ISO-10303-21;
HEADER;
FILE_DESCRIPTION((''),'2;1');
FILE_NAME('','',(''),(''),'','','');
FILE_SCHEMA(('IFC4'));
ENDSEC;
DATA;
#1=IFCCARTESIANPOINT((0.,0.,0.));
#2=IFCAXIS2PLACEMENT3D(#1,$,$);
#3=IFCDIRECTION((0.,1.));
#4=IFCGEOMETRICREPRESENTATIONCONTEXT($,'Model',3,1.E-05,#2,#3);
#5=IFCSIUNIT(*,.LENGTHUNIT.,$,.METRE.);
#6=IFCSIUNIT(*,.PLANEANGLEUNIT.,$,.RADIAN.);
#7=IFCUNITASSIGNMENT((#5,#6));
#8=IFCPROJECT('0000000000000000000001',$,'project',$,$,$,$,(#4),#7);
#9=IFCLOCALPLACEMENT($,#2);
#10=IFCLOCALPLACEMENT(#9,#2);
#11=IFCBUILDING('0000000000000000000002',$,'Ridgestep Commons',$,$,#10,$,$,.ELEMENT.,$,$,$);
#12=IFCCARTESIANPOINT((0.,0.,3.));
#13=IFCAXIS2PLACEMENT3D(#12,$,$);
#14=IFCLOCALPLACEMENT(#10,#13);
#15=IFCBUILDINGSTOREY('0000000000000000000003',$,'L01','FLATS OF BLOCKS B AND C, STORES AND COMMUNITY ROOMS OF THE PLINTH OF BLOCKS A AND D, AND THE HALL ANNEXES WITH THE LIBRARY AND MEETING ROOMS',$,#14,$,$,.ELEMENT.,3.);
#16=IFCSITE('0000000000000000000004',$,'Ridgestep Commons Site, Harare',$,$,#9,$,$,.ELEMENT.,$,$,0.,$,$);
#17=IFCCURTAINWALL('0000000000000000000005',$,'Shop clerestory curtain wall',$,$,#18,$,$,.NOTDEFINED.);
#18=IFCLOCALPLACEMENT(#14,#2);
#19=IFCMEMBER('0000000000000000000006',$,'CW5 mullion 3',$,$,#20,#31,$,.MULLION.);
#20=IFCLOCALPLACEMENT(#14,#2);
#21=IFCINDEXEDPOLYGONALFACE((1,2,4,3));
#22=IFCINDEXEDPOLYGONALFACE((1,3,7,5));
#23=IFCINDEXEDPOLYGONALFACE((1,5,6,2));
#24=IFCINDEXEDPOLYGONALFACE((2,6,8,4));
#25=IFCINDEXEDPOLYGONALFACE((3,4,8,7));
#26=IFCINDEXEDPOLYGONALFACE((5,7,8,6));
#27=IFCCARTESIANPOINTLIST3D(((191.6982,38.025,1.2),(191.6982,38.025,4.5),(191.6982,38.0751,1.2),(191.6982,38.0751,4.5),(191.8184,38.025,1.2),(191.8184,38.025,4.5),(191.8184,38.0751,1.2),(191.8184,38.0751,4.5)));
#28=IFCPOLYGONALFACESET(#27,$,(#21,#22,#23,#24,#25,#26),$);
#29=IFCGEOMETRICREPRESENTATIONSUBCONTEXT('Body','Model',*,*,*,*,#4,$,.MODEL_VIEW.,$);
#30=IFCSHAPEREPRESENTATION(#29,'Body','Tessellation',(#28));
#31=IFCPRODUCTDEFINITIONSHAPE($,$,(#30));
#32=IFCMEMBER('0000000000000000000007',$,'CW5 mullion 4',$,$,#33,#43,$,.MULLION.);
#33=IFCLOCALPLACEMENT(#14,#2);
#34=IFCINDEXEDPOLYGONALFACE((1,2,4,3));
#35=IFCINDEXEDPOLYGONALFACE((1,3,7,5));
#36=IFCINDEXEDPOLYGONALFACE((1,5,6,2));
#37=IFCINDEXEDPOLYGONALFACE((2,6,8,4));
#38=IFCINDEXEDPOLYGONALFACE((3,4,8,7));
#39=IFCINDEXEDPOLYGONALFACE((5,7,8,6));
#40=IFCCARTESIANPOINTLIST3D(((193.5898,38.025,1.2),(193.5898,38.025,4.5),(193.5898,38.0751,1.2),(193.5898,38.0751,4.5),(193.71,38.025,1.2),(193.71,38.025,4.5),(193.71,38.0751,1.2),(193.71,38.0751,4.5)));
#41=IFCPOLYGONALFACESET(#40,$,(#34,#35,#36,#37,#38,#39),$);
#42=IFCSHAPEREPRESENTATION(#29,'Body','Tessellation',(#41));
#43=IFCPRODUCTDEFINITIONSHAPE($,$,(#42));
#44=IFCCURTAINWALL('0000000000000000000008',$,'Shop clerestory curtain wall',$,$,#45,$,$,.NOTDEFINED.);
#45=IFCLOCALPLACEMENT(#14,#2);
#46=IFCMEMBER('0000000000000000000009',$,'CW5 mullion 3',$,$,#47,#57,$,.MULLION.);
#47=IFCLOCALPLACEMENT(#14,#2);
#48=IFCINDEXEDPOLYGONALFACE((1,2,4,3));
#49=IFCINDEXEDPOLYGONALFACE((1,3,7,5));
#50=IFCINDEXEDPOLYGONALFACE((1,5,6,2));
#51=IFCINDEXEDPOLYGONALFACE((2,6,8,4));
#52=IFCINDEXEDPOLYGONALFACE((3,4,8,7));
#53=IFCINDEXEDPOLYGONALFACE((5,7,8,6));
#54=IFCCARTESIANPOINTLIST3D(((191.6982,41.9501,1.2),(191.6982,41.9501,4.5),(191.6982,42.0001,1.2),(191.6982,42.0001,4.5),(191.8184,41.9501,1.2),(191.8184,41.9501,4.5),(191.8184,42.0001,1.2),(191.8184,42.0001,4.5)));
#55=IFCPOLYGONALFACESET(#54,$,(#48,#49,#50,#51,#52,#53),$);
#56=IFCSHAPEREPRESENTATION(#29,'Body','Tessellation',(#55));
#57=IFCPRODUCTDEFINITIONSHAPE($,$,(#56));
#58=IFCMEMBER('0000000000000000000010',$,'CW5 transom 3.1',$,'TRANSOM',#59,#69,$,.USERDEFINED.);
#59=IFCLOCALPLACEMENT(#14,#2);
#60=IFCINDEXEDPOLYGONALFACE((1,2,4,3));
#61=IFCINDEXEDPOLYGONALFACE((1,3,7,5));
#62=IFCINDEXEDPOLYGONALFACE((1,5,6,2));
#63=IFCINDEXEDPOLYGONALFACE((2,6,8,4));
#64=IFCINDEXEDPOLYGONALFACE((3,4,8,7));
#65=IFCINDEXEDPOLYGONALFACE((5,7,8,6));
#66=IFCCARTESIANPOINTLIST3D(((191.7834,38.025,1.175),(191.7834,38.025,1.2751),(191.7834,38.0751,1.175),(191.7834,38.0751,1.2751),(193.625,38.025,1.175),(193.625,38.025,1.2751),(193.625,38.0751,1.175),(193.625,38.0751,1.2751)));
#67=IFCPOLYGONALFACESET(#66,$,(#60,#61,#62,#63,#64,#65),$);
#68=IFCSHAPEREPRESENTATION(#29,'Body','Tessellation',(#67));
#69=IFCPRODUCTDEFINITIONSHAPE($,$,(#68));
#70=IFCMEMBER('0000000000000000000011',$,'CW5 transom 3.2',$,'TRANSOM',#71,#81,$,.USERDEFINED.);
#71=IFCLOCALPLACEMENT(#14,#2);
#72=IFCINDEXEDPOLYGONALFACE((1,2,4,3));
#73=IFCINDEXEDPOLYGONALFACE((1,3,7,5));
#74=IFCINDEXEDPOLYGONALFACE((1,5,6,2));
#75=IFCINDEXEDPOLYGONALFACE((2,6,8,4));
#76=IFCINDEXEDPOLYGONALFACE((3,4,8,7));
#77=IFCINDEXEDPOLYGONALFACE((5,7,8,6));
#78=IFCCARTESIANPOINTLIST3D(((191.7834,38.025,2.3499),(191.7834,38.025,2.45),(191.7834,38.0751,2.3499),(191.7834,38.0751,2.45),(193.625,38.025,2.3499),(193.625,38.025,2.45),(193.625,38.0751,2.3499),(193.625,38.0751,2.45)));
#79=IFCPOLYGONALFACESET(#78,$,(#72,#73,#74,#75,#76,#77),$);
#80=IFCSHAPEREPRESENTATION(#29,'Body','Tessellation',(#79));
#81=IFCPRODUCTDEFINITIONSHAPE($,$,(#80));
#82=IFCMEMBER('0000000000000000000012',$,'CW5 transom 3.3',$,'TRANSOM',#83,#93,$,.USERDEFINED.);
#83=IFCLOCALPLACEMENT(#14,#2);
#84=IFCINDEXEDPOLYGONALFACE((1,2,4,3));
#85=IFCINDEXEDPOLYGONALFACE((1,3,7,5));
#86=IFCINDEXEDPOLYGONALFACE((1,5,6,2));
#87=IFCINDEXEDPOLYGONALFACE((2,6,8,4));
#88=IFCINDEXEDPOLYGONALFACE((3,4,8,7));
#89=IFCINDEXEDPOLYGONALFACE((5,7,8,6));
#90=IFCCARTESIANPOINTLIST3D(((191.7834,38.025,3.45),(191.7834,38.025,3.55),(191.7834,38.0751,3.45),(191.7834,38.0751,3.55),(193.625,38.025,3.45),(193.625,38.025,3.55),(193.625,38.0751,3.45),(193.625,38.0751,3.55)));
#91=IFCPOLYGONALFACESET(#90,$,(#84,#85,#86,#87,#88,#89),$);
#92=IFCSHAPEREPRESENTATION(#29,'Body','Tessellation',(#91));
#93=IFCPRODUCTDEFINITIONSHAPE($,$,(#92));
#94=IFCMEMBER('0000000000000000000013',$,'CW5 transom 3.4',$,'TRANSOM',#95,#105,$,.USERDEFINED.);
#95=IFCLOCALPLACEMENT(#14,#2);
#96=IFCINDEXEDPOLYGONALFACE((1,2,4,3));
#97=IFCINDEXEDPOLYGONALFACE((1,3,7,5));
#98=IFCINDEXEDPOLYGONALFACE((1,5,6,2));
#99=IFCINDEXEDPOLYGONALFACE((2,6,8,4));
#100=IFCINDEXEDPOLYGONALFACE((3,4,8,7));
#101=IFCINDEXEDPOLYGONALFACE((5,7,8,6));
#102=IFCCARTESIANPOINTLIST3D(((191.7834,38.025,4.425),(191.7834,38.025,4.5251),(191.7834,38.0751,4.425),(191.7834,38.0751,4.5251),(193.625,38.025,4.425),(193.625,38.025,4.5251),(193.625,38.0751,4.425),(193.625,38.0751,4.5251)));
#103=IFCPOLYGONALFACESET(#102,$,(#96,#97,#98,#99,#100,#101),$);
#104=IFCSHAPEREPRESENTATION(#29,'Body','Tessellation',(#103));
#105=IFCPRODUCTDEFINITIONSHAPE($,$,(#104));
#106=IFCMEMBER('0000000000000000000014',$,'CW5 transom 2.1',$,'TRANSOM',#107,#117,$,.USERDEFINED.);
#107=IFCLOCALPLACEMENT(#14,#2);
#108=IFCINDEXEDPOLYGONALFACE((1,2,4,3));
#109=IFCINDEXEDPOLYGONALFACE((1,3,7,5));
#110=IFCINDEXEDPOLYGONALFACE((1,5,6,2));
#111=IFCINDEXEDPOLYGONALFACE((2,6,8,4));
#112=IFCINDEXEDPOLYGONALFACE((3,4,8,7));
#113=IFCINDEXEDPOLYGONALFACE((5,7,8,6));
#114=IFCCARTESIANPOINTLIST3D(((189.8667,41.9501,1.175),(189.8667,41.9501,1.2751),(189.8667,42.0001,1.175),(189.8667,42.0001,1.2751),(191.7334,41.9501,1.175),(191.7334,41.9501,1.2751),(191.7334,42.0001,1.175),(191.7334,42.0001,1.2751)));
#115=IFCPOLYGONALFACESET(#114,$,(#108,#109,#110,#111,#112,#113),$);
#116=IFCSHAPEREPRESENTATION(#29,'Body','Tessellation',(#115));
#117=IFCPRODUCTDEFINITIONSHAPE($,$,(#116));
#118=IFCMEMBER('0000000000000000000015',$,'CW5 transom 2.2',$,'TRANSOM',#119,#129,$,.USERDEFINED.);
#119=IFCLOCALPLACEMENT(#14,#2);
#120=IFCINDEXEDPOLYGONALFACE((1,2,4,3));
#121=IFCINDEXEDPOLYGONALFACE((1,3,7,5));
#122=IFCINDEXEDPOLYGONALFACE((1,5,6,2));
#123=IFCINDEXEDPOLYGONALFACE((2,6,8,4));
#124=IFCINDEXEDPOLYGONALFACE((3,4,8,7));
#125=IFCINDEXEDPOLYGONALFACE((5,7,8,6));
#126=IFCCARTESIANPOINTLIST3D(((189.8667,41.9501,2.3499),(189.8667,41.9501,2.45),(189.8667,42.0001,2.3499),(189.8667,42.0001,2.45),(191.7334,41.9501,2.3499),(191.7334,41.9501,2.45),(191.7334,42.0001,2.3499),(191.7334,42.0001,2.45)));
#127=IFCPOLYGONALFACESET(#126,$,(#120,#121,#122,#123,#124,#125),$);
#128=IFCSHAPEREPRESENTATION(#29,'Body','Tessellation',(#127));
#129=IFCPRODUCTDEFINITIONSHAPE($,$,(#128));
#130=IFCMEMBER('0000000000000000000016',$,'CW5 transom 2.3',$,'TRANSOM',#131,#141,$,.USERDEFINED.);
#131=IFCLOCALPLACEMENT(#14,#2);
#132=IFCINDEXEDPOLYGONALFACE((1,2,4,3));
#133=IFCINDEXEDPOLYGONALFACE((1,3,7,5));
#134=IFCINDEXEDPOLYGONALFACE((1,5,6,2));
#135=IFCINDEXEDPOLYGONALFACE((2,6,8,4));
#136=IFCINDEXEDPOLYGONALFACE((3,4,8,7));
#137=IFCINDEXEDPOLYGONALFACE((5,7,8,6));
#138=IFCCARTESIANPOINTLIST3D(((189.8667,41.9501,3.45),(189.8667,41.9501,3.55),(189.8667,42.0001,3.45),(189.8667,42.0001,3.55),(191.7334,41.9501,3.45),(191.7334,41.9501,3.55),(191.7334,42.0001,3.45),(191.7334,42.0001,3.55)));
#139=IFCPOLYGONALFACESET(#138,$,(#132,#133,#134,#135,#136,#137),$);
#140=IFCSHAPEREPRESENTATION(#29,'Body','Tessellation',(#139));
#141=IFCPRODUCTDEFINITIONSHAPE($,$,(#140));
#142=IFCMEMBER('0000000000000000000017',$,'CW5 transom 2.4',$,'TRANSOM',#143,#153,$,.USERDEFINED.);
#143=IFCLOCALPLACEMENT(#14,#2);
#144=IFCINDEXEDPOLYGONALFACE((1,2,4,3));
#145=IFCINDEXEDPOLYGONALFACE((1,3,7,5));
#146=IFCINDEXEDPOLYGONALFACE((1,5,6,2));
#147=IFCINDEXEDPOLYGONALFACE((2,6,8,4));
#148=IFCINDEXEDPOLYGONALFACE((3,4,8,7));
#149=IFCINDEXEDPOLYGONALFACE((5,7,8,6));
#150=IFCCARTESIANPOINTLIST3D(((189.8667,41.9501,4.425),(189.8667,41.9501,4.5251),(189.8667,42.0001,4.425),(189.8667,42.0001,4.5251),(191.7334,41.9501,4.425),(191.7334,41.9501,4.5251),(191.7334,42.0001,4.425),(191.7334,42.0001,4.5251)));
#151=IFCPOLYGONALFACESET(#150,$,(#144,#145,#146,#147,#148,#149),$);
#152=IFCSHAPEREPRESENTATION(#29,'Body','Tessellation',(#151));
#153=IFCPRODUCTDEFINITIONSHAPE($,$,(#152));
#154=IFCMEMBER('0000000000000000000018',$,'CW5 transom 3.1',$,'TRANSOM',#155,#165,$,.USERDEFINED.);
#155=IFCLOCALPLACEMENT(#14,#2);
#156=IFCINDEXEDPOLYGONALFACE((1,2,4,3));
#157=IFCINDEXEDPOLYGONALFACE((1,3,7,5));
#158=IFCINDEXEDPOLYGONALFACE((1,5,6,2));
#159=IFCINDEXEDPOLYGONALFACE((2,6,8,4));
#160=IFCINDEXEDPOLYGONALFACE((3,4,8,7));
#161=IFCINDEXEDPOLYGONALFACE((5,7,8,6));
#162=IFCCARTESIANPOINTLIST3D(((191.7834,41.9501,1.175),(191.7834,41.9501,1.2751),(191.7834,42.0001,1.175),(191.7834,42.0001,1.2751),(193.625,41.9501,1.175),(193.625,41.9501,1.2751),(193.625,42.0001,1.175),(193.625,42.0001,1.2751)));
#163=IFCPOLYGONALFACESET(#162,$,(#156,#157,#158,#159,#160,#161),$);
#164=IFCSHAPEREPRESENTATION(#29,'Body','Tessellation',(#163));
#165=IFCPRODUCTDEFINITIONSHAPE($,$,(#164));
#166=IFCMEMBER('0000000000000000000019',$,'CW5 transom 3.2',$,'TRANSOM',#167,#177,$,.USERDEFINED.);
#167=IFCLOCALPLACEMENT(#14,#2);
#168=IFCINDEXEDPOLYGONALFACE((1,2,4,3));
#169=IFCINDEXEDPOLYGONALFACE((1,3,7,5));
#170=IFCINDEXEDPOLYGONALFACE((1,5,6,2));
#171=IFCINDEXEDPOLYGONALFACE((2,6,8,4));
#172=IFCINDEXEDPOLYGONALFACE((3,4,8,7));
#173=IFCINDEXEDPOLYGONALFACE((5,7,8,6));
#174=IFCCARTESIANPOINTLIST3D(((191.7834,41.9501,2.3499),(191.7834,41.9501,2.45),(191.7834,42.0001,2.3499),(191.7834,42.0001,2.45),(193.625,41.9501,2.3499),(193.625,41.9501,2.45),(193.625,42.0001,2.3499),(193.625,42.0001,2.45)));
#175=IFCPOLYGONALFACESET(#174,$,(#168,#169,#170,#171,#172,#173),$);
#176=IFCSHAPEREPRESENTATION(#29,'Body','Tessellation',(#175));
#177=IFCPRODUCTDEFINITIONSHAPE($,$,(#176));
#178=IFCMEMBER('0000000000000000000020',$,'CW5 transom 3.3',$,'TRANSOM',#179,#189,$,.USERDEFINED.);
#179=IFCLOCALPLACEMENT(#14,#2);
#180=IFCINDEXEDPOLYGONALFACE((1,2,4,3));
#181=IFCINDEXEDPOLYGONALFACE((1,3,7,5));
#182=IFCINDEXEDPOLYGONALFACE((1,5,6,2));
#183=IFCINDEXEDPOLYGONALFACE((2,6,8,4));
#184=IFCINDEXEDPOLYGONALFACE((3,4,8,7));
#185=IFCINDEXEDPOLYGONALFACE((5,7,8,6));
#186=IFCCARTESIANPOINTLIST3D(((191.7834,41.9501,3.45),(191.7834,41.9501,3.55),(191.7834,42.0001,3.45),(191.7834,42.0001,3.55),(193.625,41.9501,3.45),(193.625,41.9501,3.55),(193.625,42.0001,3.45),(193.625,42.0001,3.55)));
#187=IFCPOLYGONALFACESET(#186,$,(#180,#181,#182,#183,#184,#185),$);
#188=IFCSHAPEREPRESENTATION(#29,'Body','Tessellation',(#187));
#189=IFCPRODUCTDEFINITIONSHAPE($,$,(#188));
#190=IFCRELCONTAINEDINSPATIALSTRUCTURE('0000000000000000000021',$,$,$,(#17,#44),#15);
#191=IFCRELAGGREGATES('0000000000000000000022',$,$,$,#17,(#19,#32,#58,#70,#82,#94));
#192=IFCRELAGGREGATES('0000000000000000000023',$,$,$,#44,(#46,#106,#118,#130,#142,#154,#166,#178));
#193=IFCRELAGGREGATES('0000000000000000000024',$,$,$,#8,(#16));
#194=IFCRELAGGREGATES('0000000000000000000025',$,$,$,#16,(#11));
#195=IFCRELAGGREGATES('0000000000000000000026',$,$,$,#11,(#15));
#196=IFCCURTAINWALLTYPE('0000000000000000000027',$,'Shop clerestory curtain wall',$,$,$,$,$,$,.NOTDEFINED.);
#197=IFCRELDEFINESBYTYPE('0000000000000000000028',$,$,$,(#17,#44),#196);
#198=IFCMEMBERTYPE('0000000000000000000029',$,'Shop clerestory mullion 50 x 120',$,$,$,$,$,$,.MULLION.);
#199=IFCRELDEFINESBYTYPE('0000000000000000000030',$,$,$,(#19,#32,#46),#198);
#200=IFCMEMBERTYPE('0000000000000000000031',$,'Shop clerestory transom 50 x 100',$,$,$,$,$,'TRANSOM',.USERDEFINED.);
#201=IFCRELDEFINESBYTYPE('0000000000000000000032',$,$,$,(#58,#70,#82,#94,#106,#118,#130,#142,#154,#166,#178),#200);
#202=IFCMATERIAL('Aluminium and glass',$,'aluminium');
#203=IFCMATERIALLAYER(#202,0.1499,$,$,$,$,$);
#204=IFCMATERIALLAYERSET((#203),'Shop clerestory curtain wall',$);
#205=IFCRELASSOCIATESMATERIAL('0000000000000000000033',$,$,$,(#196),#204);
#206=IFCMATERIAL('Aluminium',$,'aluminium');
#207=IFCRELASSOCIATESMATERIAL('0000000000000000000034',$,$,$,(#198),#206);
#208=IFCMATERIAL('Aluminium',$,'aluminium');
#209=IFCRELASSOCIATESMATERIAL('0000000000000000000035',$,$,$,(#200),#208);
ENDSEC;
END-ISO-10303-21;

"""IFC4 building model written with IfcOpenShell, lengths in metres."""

from ifc_helpers import new_model, si_unit, direction, frame, origin, origin_2d, place, context, subcontext, project, spatial, rectangle, extrude, material, layer, layer_set, material_profile, profile_set, type_object, element, aggregate, save


model = new_model("IFC4")

# Units and contexts
model_context = context("Model", 3, precision=1e-05, world=origin(), true_north=direction((0.0, 1.0)))
body_context = subcontext(model_context, "Body", "Model", "MODEL_VIEW")
ifc_project = project(units=[si_unit("LENGTHUNIT", "METRE"), si_unit("PLANEANGLEUNIT", "RADIAN")], contexts=[model_context])

# Site, building, storey
site_placement = place(None, origin())
site = spatial("IfcSite", under=ifc_project, at=site_placement, Name="Ridgestep Commons Site, Harare", CompositionType="ELEMENT", RefElevation=0.0)
building_placement = place(site_placement, origin())
building = spatial("IfcBuilding", under=site, at=building_placement, Name="Ridgestep Commons", CompositionType="ELEMENT")
storey_placement = place(building_placement, frame((0.0, 0.0, 3.0)))
storey = spatial("IfcBuildingStorey", under=building, at=storey_placement, Name="L01", Description="FLATS OF BLOCKS B AND C, STORES AND COMMUNITY ROOMS OF THE PLINTH OF BLOCKS A AND D, AND THE HALL ANNEXES WITH THE LIBRARY AND MEETING ROOMS", CompositionType="ELEMENT", Elevation=3.0)

# Curtain wall, members
ifc_material_1 = material(Name="Aluminium and glass", Category="aluminium")
ifc_layer_1 = layer(ifc_material_1, 0.1499)
ifc_layer_set_1 = layer_set([ifc_layer_1], Name="Shop clerestory curtain wall")
curtain_wall_type = type_object("IfcCurtainWallType", Name="Shop clerestory curtain wall", PredefinedType="NOTDEFINED", material=ifc_layer_set_1)
curtain_wall_1_placement = place(storey_placement, origin())
curtain_wall_1 = element("IfcCurtainWall", 1, at=curtain_wall_1_placement, inside=storey, type_object=curtain_wall_type, Name="Shop clerestory curtain wall", PredefinedType="NOTDEFINED")
ifc_material_2 = material(Name="Aluminium", Category="aluminium")
ifc_material_profile_1 = material_profile(ifc_material_2, rectangle(XDim=0.05, YDim=0.1201, at=origin_2d()), Name="Shop clerestory mullion 50 x 120")
ifc_profile_set_1 = profile_set([ifc_material_profile_1], Name="Aluminium")
member_type_1 = type_object("IfcMemberType", Name="Shop clerestory mullion 50 x 120", PredefinedType="MULLION", material=ifc_profile_set_1)
member_1_placement = place(storey_placement, frame((191.7583, 38.05, 1.2), z_axis=(0.0, 0.0, 1.0), x_axis=(0.0, 1.0, 0.0)))
member_1 = element("IfcMember", 2, at=member_1_placement, type_object=member_type_1, Name="CW5 mullion 3", PredefinedType="MULLION", context=body_context, shape_type="SweptSolid", body=[
    extrude(rectangle(XDim=0.05, YDim=0.1201, at=origin_2d()), origin(), (0.0, 0.0, 1.0), 3.3),
])
member_2_placement = place(storey_placement, frame((193.6499, 38.05, 1.2), z_axis=(0.0, 0.0, 1.0), x_axis=(0.0, 1.0, 0.0)))
member_2 = element("IfcMember", 3, at=member_2_placement, type_object=member_type_1, Name="CW5 mullion 4", PredefinedType="MULLION", context=body_context, shape_type="SweptSolid", body=[
    extrude(rectangle(XDim=0.05, YDim=0.1201, at=origin_2d()), origin(), (0.0, 0.0, 1.0), 3.3),
])

# Curtain wall, member
curtain_wall_2_placement = place(storey_placement, origin())
curtain_wall_2 = element("IfcCurtainWall", 4, at=curtain_wall_2_placement, inside=storey, type_object=curtain_wall_type, Name="Shop clerestory curtain wall", PredefinedType="NOTDEFINED")
member_3_placement = place(storey_placement, frame((191.7583, 41.9751, 1.2), z_axis=(0.0, 0.0, 1.0), x_axis=(0.0, 1.0, 0.0)))
member_3 = element("IfcMember", 5, at=member_3_placement, type_object=member_type_1, Name="CW5 mullion 3", PredefinedType="MULLION", context=body_context, shape_type="SweptSolid", body=[
    extrude(rectangle(XDim=0.05, YDim=0.1201, at=origin_2d()), origin(), (0.0, 0.0, 1.0), 3.3),
])

# Members
ifc_material_3 = material(Name="Aluminium", Category="aluminium")
ifc_material_profile_2 = material_profile(ifc_material_3, rectangle(XDim=0.05, YDim=0.1001, at=origin_2d()), Name="Shop clerestory transom 50 x 100")
ifc_profile_set_2 = profile_set([ifc_material_profile_2], Name="Aluminium")
member_type_2 = type_object("IfcMemberType", Name="Shop clerestory transom 50 x 100", ElementType="TRANSOM", PredefinedType="USERDEFINED", material=ifc_profile_set_2)
member_4_placement = place(storey_placement, frame((191.7834, 38.05, 1.2251), z_axis=(1.0, 0.0, 0.0), x_axis=(0.0, 1.0, 0.0)))
member_4 = element("IfcMember", 6, at=member_4_placement, type_object=member_type_2, Name="CW5 transom 3.1", ObjectType="TRANSOM", PredefinedType="USERDEFINED", context=body_context, shape_type="SweptSolid", body=[
    extrude(rectangle(XDim=0.05, YDim=0.1001, at=origin_2d()), origin(), (0.0, 0.0, 1.0), 1.8416),
])
member_5_placement = place(storey_placement, frame((191.7834, 38.05, 2.3999), z_axis=(1.0, 0.0, 0.0), x_axis=(0.0, 1.0, 0.0)))
member_5 = element("IfcMember", 7, at=member_5_placement, type_object=member_type_2, Name="CW5 transom 3.2", ObjectType="TRANSOM", PredefinedType="USERDEFINED", context=body_context, shape_type="SweptSolid", body=[
    extrude(rectangle(XDim=0.05, YDim=0.1001, at=origin_2d()), origin(), (0.0, 0.0, 1.0), 1.8416),
])
member_6_placement = place(storey_placement, frame((191.7834, 38.05, 3.5), z_axis=(1.0, 0.0, 0.0), x_axis=(0.0, 1.0, 0.0)))
member_6 = element("IfcMember", 8, at=member_6_placement, type_object=member_type_2, Name="CW5 transom 3.3", ObjectType="TRANSOM", PredefinedType="USERDEFINED", context=body_context, shape_type="SweptSolid", body=[
    extrude(rectangle(XDim=0.05, YDim=0.1001, at=origin_2d()), origin(), (0.0, 0.0, 1.0), 1.8416),
])
member_7_placement = place(storey_placement, frame((191.7834, 38.05, 4.4751), z_axis=(1.0, 0.0, 0.0), x_axis=(0.0, 1.0, 0.0)))
member_7 = element("IfcMember", 9, at=member_7_placement, type_object=member_type_2, Name="CW5 transom 3.4", ObjectType="TRANSOM", PredefinedType="USERDEFINED", context=body_context, shape_type="SweptSolid", body=[
    extrude(rectangle(XDim=0.05, YDim=0.1001, at=origin_2d()), origin(), (0.0, 0.0, 1.0), 1.8416),
])
member_8_placement = place(storey_placement, frame((189.8667, 41.9751, 1.2251), z_axis=(1.0, 0.0, 0.0), x_axis=(0.0, 1.0, 0.0)))
member_8 = element("IfcMember", 10, at=member_8_placement, type_object=member_type_2, Name="CW5 transom 2.1", ObjectType="TRANSOM", PredefinedType="USERDEFINED", context=body_context, shape_type="SweptSolid", body=[
    extrude(rectangle(XDim=0.05, YDim=0.1001, at=origin_2d()), origin(), (0.0, 0.0, 1.0), 1.8667),
])
member_9_placement = place(storey_placement, frame((189.8667, 41.9751, 2.3999), z_axis=(1.0, 0.0, 0.0), x_axis=(0.0, 1.0, 0.0)))
member_9 = element("IfcMember", 11, at=member_9_placement, type_object=member_type_2, Name="CW5 transom 2.2", ObjectType="TRANSOM", PredefinedType="USERDEFINED", context=body_context, shape_type="SweptSolid", body=[
    extrude(rectangle(XDim=0.05, YDim=0.1001, at=origin_2d()), origin(), (0.0, 0.0, 1.0), 1.8667),
])
member_10_placement = place(storey_placement, frame((189.8667, 41.9751, 3.5), z_axis=(1.0, 0.0, 0.0), x_axis=(0.0, 1.0, 0.0)))
member_10 = element("IfcMember", 12, at=member_10_placement, type_object=member_type_2, Name="CW5 transom 2.3", ObjectType="TRANSOM", PredefinedType="USERDEFINED", context=body_context, shape_type="SweptSolid", body=[
    extrude(rectangle(XDim=0.05, YDim=0.1001, at=origin_2d()), origin(), (0.0, 0.0, 1.0), 1.8667),
])
member_11_placement = place(storey_placement, frame((189.8667, 41.9751, 4.4751), z_axis=(1.0, 0.0, 0.0), x_axis=(0.0, 1.0, 0.0)))
member_11 = element("IfcMember", 13, at=member_11_placement, type_object=member_type_2, Name="CW5 transom 2.4", ObjectType="TRANSOM", PredefinedType="USERDEFINED", context=body_context, shape_type="SweptSolid", body=[
    extrude(rectangle(XDim=0.05, YDim=0.1001, at=origin_2d()), origin(), (0.0, 0.0, 1.0), 1.8667),
])
member_12_placement = place(storey_placement, frame((191.7834, 41.9751, 1.2251), z_axis=(1.0, 0.0, 0.0), x_axis=(0.0, 1.0, 0.0)))
member_12 = element("IfcMember", 14, at=member_12_placement, type_object=member_type_2, Name="CW5 transom 3.1", ObjectType="TRANSOM", PredefinedType="USERDEFINED", context=body_context, shape_type="SweptSolid", body=[
    extrude(rectangle(XDim=0.05, YDim=0.1001, at=origin_2d()), origin(), (0.0, 0.0, 1.0), 1.8416),
])
member_13_placement = place(storey_placement, frame((191.7834, 41.9751, 2.3999), z_axis=(1.0, 0.0, 0.0), x_axis=(0.0, 1.0, 0.0)))
member_13 = element("IfcMember", 15, at=member_13_placement, type_object=member_type_2, Name="CW5 transom 3.2", ObjectType="TRANSOM", PredefinedType="USERDEFINED", context=body_context, shape_type="SweptSolid", body=[
    extrude(rectangle(XDim=0.05, YDim=0.1001, at=origin_2d()), origin(), (0.0, 0.0, 1.0), 1.8416),
])
member_14_placement = place(storey_placement, frame((191.7834, 41.9751, 3.5), z_axis=(1.0, 0.0, 0.0), x_axis=(0.0, 1.0, 0.0)))
member_14 = element("IfcMember", 16, at=member_14_placement, type_object=member_type_2, Name="CW5 transom 3.3", ObjectType="TRANSOM", PredefinedType="USERDEFINED", context=body_context, shape_type="SweptSolid", body=[
    extrude(rectangle(XDim=0.05, YDim=0.1001, at=origin_2d()), origin(), (0.0, 0.0, 1.0), 1.8416),
])

aggregate(curtain_wall_1, [member_1, member_2, member_4, member_5, member_6, member_7])
aggregate(curtain_wall_2, [member_3, member_8, member_9, member_10, member_11, member_12, member_13, member_14])

save(model, "model.ifc")
